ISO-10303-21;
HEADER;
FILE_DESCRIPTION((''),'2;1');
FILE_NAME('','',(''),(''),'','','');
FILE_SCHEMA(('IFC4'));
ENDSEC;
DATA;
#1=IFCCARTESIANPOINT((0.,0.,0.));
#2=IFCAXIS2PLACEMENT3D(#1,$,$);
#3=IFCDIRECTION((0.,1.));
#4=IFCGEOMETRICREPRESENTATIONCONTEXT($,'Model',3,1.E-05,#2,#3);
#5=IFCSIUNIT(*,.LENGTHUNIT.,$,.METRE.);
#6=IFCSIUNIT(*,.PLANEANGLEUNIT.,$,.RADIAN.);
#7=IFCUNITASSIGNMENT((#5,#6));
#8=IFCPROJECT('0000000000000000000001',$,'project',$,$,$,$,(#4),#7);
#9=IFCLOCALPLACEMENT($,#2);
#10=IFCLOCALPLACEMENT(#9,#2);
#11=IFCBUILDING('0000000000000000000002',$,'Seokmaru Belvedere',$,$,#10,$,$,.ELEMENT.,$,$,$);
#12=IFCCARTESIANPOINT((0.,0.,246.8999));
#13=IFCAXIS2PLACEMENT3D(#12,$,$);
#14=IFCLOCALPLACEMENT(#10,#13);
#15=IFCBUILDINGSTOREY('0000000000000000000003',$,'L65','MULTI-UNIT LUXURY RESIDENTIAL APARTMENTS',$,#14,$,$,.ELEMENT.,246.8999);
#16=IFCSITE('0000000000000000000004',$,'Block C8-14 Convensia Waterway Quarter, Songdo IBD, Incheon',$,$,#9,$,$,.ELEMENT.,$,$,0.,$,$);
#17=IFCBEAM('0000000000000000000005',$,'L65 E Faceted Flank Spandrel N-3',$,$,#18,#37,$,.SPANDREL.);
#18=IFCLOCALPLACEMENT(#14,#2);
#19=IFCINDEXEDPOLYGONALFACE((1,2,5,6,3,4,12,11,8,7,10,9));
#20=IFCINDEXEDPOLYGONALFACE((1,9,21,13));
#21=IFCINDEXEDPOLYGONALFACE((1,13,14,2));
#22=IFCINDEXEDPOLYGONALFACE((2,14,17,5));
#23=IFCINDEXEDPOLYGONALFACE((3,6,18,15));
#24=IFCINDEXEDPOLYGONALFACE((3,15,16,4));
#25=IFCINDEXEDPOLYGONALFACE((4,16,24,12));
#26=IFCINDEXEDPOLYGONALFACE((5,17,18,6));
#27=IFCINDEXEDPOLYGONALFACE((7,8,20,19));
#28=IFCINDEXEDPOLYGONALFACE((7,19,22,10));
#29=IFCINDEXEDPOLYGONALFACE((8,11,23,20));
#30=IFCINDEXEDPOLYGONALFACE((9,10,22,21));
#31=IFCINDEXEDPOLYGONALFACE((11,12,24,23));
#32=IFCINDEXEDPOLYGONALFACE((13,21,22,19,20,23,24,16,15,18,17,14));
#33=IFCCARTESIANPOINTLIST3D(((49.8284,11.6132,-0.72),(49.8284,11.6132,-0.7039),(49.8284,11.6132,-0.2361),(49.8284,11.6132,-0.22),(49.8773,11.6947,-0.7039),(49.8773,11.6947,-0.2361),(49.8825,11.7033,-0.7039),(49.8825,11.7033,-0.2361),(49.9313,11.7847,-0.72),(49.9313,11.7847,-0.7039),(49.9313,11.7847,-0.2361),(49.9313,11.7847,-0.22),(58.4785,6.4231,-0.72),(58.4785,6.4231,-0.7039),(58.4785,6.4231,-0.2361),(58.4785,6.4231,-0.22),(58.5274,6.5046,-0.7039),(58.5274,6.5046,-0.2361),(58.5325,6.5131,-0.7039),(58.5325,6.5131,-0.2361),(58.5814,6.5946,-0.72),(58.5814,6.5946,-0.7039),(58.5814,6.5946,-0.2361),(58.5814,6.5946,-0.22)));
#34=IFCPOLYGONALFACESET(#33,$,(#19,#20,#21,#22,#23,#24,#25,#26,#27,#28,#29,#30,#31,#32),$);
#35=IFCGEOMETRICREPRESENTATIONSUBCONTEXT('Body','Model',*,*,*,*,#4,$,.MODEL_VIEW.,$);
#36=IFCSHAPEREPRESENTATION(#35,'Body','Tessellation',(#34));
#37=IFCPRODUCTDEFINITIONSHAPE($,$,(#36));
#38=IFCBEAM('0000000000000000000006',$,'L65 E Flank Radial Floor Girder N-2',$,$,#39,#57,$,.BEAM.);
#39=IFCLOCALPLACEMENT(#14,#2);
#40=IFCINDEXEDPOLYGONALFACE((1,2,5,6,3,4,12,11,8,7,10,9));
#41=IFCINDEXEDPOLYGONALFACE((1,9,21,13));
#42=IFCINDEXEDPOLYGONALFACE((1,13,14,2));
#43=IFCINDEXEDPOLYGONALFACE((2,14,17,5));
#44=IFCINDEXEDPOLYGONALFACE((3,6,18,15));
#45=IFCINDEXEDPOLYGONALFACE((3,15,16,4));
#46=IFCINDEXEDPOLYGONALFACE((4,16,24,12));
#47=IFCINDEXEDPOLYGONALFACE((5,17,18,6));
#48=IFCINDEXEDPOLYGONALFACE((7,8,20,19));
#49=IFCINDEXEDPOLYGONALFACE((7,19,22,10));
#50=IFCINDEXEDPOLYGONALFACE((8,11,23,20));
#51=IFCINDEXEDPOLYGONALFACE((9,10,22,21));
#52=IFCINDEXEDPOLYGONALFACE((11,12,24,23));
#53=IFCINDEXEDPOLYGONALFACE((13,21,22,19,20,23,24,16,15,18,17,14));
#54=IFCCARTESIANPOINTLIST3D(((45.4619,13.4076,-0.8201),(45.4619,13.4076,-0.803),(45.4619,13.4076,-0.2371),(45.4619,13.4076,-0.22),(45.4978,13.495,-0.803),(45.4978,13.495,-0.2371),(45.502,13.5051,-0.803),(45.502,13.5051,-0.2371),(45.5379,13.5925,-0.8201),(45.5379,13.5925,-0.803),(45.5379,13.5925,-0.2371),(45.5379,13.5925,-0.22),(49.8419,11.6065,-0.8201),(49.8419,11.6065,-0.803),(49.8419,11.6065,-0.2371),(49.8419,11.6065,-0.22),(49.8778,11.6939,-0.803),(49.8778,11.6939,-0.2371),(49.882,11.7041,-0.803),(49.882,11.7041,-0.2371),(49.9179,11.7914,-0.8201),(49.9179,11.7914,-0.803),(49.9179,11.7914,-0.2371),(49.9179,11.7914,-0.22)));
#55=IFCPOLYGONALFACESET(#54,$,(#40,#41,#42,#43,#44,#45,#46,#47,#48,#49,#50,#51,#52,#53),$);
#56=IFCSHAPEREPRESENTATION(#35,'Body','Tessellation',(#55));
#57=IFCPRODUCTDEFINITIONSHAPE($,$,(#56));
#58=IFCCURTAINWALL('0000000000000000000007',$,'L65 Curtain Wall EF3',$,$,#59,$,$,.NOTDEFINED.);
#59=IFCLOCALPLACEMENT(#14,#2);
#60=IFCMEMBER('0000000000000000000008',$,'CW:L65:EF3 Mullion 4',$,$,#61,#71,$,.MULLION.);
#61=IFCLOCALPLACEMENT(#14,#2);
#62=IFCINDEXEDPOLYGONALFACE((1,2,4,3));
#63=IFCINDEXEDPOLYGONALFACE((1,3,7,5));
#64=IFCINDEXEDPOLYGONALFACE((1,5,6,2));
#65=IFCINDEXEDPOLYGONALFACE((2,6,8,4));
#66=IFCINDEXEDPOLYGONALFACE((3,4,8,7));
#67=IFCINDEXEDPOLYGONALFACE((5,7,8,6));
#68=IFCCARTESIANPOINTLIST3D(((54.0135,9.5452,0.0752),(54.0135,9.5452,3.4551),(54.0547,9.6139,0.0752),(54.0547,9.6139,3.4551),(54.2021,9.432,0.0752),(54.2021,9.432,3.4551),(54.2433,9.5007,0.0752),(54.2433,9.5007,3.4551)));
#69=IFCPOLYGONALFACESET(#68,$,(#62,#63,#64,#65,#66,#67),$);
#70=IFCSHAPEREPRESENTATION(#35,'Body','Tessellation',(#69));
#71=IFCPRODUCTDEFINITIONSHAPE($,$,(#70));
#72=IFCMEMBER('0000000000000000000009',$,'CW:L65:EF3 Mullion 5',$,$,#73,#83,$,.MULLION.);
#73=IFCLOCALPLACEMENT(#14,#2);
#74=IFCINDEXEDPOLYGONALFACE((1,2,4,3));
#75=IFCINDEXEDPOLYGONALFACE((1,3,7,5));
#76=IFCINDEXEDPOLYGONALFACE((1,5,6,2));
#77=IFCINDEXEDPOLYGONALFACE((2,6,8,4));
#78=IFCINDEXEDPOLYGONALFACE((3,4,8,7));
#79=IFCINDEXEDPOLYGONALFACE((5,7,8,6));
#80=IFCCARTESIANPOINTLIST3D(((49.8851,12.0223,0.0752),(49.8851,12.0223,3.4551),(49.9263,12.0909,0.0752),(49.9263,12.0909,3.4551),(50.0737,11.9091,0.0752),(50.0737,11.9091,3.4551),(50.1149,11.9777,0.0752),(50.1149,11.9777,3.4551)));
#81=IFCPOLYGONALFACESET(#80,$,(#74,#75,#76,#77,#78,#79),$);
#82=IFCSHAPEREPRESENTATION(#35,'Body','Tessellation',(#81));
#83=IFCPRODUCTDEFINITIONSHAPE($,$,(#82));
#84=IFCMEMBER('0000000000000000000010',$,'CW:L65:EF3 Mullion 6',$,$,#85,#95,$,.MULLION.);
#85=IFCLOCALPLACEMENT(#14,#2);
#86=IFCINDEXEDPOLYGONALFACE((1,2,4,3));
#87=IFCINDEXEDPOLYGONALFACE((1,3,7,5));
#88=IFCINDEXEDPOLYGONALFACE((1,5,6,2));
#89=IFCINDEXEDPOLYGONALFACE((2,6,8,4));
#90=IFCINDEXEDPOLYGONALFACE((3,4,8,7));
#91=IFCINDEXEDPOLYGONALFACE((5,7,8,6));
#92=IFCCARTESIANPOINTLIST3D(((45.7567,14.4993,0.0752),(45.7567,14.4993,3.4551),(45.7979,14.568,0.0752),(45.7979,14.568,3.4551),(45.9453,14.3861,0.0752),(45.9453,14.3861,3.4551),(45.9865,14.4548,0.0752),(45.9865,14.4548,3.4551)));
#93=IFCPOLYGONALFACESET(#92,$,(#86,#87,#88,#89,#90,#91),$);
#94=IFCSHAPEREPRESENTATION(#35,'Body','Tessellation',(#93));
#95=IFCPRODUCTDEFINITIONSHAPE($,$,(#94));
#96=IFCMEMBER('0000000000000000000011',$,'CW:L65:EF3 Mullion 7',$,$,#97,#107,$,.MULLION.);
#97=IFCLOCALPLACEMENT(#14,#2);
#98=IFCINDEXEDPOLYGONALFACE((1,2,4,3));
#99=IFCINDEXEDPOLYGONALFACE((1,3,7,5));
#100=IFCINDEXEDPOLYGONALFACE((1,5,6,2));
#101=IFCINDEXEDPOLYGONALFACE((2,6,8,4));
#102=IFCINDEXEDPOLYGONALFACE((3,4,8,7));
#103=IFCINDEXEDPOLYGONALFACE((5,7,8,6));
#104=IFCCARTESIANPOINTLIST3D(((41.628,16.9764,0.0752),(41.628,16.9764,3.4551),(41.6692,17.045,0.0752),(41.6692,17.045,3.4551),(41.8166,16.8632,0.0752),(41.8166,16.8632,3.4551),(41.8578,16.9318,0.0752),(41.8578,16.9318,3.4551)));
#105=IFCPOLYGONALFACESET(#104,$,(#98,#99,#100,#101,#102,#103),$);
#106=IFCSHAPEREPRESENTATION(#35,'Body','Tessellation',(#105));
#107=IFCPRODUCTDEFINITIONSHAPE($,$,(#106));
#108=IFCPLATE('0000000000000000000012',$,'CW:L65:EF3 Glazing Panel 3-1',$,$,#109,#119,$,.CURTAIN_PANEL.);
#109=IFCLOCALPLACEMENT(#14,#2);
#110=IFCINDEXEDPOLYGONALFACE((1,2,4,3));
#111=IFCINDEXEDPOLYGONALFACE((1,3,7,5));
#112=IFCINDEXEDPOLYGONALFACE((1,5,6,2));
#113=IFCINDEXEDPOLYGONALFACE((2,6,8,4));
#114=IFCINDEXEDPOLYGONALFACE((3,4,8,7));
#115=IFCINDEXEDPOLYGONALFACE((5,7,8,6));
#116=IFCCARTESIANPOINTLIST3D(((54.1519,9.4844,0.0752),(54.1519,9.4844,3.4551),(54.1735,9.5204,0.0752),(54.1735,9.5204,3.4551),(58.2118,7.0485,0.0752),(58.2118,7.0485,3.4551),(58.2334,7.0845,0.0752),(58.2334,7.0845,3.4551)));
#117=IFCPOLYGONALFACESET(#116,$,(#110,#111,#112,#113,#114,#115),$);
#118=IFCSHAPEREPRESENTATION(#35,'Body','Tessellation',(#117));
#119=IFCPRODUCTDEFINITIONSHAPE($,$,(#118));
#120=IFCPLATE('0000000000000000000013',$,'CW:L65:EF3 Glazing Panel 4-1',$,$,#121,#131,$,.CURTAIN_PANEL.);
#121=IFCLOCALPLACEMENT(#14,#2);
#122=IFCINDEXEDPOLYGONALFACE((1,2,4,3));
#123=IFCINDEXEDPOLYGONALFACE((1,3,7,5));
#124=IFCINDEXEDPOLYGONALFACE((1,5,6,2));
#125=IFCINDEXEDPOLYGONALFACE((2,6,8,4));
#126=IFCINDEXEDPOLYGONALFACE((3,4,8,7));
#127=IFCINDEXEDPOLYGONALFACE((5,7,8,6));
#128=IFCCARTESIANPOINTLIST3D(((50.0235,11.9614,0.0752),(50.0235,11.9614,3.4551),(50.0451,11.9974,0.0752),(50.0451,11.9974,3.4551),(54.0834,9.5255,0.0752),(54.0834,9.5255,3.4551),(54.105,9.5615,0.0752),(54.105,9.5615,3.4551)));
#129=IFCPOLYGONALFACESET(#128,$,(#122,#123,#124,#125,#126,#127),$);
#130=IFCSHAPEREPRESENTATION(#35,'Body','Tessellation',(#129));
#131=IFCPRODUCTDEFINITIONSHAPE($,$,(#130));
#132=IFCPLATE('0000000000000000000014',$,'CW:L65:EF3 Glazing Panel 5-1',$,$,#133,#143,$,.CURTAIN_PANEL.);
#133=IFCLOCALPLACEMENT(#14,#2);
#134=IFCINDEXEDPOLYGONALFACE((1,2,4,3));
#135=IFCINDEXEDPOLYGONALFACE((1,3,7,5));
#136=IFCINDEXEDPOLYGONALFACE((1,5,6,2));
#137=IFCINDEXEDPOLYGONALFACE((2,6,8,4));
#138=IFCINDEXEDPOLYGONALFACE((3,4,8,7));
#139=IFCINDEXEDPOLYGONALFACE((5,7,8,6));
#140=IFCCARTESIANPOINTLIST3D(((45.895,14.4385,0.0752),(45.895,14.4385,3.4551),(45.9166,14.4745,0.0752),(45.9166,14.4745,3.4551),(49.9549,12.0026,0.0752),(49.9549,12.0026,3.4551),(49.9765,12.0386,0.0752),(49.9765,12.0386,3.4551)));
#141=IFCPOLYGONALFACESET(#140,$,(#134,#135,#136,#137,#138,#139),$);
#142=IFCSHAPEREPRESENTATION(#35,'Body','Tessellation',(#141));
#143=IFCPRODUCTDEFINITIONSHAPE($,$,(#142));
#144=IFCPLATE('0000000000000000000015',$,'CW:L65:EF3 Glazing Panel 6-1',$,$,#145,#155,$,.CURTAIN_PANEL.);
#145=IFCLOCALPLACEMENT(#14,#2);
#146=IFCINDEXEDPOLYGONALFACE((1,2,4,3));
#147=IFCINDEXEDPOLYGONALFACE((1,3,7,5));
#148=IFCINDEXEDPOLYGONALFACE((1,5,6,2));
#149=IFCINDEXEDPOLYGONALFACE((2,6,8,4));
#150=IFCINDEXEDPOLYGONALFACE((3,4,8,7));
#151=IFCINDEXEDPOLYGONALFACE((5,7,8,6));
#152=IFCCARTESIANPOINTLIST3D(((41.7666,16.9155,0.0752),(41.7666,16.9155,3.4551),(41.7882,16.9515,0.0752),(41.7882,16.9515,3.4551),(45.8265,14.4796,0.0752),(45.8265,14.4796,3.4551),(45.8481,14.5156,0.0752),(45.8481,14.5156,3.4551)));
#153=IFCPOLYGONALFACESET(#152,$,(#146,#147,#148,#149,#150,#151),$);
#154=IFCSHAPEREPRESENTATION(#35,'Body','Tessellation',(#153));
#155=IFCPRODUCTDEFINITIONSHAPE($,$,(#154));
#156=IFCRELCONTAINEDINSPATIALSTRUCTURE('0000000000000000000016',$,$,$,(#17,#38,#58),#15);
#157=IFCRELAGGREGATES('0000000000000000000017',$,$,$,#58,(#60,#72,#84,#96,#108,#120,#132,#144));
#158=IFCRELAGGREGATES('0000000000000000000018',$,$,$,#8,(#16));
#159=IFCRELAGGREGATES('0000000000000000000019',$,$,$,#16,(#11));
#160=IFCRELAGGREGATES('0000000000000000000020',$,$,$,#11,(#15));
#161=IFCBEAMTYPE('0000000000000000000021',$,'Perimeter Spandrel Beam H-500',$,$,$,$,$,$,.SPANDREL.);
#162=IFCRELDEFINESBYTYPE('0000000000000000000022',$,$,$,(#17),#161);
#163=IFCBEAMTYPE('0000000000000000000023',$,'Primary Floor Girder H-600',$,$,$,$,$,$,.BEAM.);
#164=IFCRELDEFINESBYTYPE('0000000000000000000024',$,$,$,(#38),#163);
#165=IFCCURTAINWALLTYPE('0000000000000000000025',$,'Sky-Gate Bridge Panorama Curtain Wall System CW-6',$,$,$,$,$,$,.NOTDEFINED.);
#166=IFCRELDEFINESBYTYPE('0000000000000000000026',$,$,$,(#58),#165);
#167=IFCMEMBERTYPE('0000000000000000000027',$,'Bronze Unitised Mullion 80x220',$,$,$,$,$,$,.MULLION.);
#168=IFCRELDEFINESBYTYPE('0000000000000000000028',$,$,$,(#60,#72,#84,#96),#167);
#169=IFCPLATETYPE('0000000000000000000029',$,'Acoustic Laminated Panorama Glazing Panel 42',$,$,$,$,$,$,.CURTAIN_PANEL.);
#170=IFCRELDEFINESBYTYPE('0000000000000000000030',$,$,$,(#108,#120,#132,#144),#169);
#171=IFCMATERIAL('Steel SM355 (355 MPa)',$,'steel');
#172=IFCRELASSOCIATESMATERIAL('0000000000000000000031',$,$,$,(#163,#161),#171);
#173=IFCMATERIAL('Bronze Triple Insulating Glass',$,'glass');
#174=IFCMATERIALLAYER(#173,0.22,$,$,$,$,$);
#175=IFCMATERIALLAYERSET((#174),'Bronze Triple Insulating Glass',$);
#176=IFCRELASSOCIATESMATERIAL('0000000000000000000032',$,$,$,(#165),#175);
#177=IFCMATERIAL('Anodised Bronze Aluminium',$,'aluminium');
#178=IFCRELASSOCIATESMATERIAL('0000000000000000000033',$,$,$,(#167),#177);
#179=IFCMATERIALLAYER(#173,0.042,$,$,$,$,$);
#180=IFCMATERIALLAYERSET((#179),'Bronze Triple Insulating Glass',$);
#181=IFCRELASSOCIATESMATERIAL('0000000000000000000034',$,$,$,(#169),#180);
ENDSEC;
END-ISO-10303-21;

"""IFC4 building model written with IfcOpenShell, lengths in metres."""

from ifc_helpers import new_model, si_unit, direction, frame, origin, origin_2d, place, context, subcontext, project, spatial, rectangle, i_section, extrude, source, transform, mapped, material, layer, layer_set, material_profile, profile_set, type_object, type_shapes, element, aggregate, save


model = new_model("IFC4")

# Units and contexts
model_context = context("Model", 3, precision=1e-05, world=origin(), true_north=direction((0.0, 1.0)))
body_context = subcontext(model_context, "Body", "Model", "MODEL_VIEW")
ifc_project = project(units=[si_unit("LENGTHUNIT", "METRE"), si_unit("PLANEANGLEUNIT", "RADIAN")], contexts=[model_context])

# Site, building, storey
site_placement = place(None, origin())
site = spatial("IfcSite", under=ifc_project, at=site_placement, Name="Block C8-14 Convensia Waterway Quarter, Songdo IBD, Incheon", CompositionType="ELEMENT", RefElevation=0.0)
building_placement = place(site_placement, origin())
building = spatial("IfcBuilding", under=site, at=building_placement, Name="Seokmaru Belvedere", CompositionType="ELEMENT")
storey_placement = place(building_placement, frame((0.0, 0.0, 246.8999)))
storey = spatial("IfcBuildingStorey", under=building, at=storey_placement, Name="L65", Description="MULTI-UNIT LUXURY RESIDENTIAL APARTMENTS", CompositionType="ELEMENT", Elevation=246.8999)

# Shared definitions
ifc_material_1 = material(Name="Steel SM355 (355 MPa)", Category="steel")

# Beams
ifc_material_profile_1 = material_profile(ifc_material_1, i_section(OverallWidth=0.2, OverallDepth=0.6001, WebThickness=0.011, FlangeThickness=0.0171, at=origin_2d()), Name="H-600x200x11x17")
ifc_profile_set_1 = profile_set([ifc_material_profile_1], Name="Steel SM355 (355 MPa)")
beam_type_1 = type_object("IfcBeamType", Name="Primary Floor Girder H-600", PredefinedType="BEAM", material=ifc_profile_set_1)
ifc_material_profile_2 = material_profile(ifc_material_1, i_section(OverallWidth=0.2, OverallDepth=0.5, WebThickness=0.01, FlangeThickness=0.0161, at=origin_2d()), Name="H-500x200x10x16")
ifc_profile_set_2 = profile_set([ifc_material_profile_2], Name="Steel SM355 (355 MPa)")
beam_type_2 = type_object("IfcBeamType", Name="Perimeter Spandrel Beam H-500", PredefinedType="SPANDREL", material=ifc_profile_set_2)
shared_shape_1 = source(origin(), body_context, "Body", "SweptSolid", [
    extrude(i_section(OverallWidth=0.2, OverallDepth=0.5, WebThickness=0.01, FlangeThickness=0.0161, at=origin_2d()), origin(), (0.0, 0.0, 1.0), 10.0876),
])
type_shapes(beam_type_2, [shared_shape_1])
beam_1_placement = place(storey_placement, frame((49.8799, 11.699, -0.47), z_axis=(0.857489, -0.514503, 0.0), x_axis=(0.514503, 0.857489, 0.0)))
element("IfcBeam", 1, at=beam_1_placement, inside=storey, type_object=beam_type_2, Name="L65 E Faceted Flank Spandrel N-3", PredefinedType="SPANDREL", context=body_context, shape_type="MappedRepresentation", body=[
    mapped(shared_shape_1, transform((0.0, 0.0, 0.0), scale=1.0)),
])
shared_shape_2 = source(origin(), body_context, "Body", "SweptSolid", [
    extrude(i_section(OverallWidth=0.2, OverallDepth=0.6001, WebThickness=0.011, FlangeThickness=0.0171, at=origin_2d()), origin(), (0.0, 0.0, 1.0), 4.7358),
])
beam_2_placement = place(storey_placement, frame((49.8799, 11.699, -0.52), z_axis=(-0.924861, 0.380306, 0.0), x_axis=(-0.380306, -0.924861, 0.0)))
element("IfcBeam", 2, at=beam_2_placement, inside=storey, type_object=beam_type_1, Name="L65 E Flank Radial Floor Girder N-2", PredefinedType="BEAM", context=body_context, shape_type="MappedRepresentation", body=[
    mapped(shared_shape_2, transform((0.0, 0.0, 0.0), scale=1.0)),
])

# Curtain wall, members, plates
ifc_material_2 = material(Name="Bronze Triple Insulating Glass", Category="glass")
ifc_layer_1 = layer(ifc_material_2, 0.22)
ifc_layer_set_1 = layer_set([ifc_layer_1], Name="Bronze Triple Insulating Glass")
curtain_wall_type = type_object("IfcCurtainWallType", Name="Sky-Gate Bridge Panorama Curtain Wall System CW-6", PredefinedType="NOTDEFINED", material=ifc_layer_set_1)
curtain_wall_placement = place(storey_placement, origin())
curtain_wall = element("IfcCurtainWall", 3, at=curtain_wall_placement, inside=storey, type_object=curtain_wall_type, Name="L65 Curtain Wall EF3", PredefinedType="NOTDEFINED")
ifc_material_3 = material(Name="Anodised Bronze Aluminium", Category="aluminium")
ifc_material_profile_3 = material_profile(ifc_material_3, rectangle(XDim=0.0801, YDim=0.22, at=origin_2d()), Name="CW-M-80x220")
ifc_profile_set_3 = profile_set([ifc_material_profile_3], Name="Anodised Bronze Aluminium")
member_type = type_object("IfcMemberType", Name="Bronze Unitised Mullion 80x220", PredefinedType="MULLION", material=ifc_profile_set_3)
shared_shape_3 = source(origin(), body_context, "Body", "SweptSolid", [
    extrude(rectangle(XDim=0.0801, YDim=0.22, at=origin_2d()), origin(), (0.0, 0.0, 1.0), 3.3799),
])
type_shapes(member_type, [shared_shape_3])
member_1_placement = place(storey_placement, frame((54.1284, 9.5229, 0.0752), z_axis=(0.0, 0.0, 1.0), x_axis=(-0.514495, -0.857493, 0.0)))
member_1 = element("IfcMember", 4, at=member_1_placement, type_object=member_type, Name="CW:L65:EF3 Mullion 4", PredefinedType="MULLION", context=body_context, shape_type="MappedRepresentation", body=[
    mapped(shared_shape_3, transform((0.0, 0.0, 0.0), scale=1.0)),
])
member_2_placement = place(storey_placement, frame((50.0, 12.0, 0.0752), z_axis=(0.0, 0.0, 1.0), x_axis=(-0.514495, -0.857493, 0.0)))
member_2 = element("IfcMember", 5, at=member_2_placement, type_object=member_type, Name="CW:L65:EF3 Mullion 5", PredefinedType="MULLION", context=body_context, shape_type="MappedRepresentation", body=[
    mapped(shared_shape_3, transform((0.0, 0.0, 0.0), scale=1.0)),
])
member_3_placement = place(storey_placement, frame((45.8716, 14.4771, 0.0752), z_axis=(0.0, 0.0, 1.0), x_axis=(-0.514495, -0.857493, 0.0)))
member_3 = element("IfcMember", 6, at=member_3_placement, type_object=member_type, Name="CW:L65:EF3 Mullion 6", PredefinedType="MULLION", context=body_context, shape_type="MappedRepresentation", body=[
    mapped(shared_shape_3, transform((0.0, 0.0, 0.0), scale=1.0)),
])
member_4_placement = place(storey_placement, frame((41.7429, 16.9541, 0.0752), z_axis=(0.0, 0.0, 1.0), x_axis=(-0.514495, -0.857493, 0.0)))
member_4 = element("IfcMember", 7, at=member_4_placement, type_object=member_type, Name="CW:L65:EF3 Mullion 7", PredefinedType="MULLION", context=body_context, shape_type="MappedRepresentation", body=[
    mapped(shared_shape_3, transform((0.0, 0.0, 0.0), scale=1.0)),
])
ifc_layer_2 = layer(ifc_material_2, 0.042)
ifc_layer_set_2 = layer_set([ifc_layer_2], Name="Bronze Triple Insulating Glass")
plate_type = type_object("IfcPlateType", Name="Acoustic Laminated Panorama Glazing Panel 42", PredefinedType="CURTAIN_PANEL", material=ifc_layer_set_2)
shared_shape_4 = source(origin(), body_context, "Body", "SweptSolid", [
    extrude(rectangle(XDim=4.7346, YDim=0.042, at=origin_2d()), origin(), (0.0, 0.0, 1.0), 3.3799),
])
type_shapes(plate_type, [shared_shape_4])
plate_1_placement = place(storey_placement, frame((56.1926, 8.2844, 0.0752), z_axis=(0.0, 0.0, 1.0), x_axis=(-0.857493, 0.514495, 0.0)))
plate_1 = element("IfcPlate", 8, at=plate_1_placement, type_object=plate_type, Name="CW:L65:EF3 Glazing Panel 3-1", PredefinedType="CURTAIN_PANEL", context=body_context, shape_type="MappedRepresentation", body=[
    mapped(shared_shape_4, transform((0.0, 0.0, 0.0), scale=1.0)),
])
plate_2_placement = place(storey_placement, frame((52.0642, 10.7615, 0.0752), z_axis=(0.0, 0.0, 1.0), x_axis=(-0.857493, 0.514495, 0.0)))
plate_2 = element("IfcPlate", 9, at=plate_2_placement, type_object=plate_type, Name="CW:L65:EF3 Glazing Panel 4-1", PredefinedType="CURTAIN_PANEL", context=body_context, shape_type="MappedRepresentation", body=[
    mapped(shared_shape_4, transform((0.0, 0.0, 0.0), scale=1.0)),
])
plate_3_placement = place(storey_placement, frame((47.9358, 13.2385, 0.0752), z_axis=(0.0, 0.0, 1.0), x_axis=(-0.857493, 0.514495, 0.0)))
plate_3 = element("IfcPlate", 10, at=plate_3_placement, type_object=plate_type, Name="CW:L65:EF3 Glazing Panel 5-1", PredefinedType="CURTAIN_PANEL", context=body_context, shape_type="MappedRepresentation", body=[
    mapped(shared_shape_4, transform((0.0, 0.0, 0.0), scale=1.0)),
])
plate_4_placement = place(storey_placement, frame((43.8074, 15.7156, 0.0752), z_axis=(0.0, 0.0, 1.0), x_axis=(-0.857493, 0.514495, 0.0)))
plate_4 = element("IfcPlate", 11, at=plate_4_placement, type_object=plate_type, Name="CW:L65:EF3 Glazing Panel 6-1", PredefinedType="CURTAIN_PANEL", context=body_context, shape_type="MappedRepresentation", body=[
    mapped(shared_shape_4, transform((0.0, 0.0, 0.0), scale=1.0)),
])
aggregate(curtain_wall, [member_1, member_2, member_3, member_4, plate_1, plate_2, plate_3, plate_4])

save(model, "model.ifc")
